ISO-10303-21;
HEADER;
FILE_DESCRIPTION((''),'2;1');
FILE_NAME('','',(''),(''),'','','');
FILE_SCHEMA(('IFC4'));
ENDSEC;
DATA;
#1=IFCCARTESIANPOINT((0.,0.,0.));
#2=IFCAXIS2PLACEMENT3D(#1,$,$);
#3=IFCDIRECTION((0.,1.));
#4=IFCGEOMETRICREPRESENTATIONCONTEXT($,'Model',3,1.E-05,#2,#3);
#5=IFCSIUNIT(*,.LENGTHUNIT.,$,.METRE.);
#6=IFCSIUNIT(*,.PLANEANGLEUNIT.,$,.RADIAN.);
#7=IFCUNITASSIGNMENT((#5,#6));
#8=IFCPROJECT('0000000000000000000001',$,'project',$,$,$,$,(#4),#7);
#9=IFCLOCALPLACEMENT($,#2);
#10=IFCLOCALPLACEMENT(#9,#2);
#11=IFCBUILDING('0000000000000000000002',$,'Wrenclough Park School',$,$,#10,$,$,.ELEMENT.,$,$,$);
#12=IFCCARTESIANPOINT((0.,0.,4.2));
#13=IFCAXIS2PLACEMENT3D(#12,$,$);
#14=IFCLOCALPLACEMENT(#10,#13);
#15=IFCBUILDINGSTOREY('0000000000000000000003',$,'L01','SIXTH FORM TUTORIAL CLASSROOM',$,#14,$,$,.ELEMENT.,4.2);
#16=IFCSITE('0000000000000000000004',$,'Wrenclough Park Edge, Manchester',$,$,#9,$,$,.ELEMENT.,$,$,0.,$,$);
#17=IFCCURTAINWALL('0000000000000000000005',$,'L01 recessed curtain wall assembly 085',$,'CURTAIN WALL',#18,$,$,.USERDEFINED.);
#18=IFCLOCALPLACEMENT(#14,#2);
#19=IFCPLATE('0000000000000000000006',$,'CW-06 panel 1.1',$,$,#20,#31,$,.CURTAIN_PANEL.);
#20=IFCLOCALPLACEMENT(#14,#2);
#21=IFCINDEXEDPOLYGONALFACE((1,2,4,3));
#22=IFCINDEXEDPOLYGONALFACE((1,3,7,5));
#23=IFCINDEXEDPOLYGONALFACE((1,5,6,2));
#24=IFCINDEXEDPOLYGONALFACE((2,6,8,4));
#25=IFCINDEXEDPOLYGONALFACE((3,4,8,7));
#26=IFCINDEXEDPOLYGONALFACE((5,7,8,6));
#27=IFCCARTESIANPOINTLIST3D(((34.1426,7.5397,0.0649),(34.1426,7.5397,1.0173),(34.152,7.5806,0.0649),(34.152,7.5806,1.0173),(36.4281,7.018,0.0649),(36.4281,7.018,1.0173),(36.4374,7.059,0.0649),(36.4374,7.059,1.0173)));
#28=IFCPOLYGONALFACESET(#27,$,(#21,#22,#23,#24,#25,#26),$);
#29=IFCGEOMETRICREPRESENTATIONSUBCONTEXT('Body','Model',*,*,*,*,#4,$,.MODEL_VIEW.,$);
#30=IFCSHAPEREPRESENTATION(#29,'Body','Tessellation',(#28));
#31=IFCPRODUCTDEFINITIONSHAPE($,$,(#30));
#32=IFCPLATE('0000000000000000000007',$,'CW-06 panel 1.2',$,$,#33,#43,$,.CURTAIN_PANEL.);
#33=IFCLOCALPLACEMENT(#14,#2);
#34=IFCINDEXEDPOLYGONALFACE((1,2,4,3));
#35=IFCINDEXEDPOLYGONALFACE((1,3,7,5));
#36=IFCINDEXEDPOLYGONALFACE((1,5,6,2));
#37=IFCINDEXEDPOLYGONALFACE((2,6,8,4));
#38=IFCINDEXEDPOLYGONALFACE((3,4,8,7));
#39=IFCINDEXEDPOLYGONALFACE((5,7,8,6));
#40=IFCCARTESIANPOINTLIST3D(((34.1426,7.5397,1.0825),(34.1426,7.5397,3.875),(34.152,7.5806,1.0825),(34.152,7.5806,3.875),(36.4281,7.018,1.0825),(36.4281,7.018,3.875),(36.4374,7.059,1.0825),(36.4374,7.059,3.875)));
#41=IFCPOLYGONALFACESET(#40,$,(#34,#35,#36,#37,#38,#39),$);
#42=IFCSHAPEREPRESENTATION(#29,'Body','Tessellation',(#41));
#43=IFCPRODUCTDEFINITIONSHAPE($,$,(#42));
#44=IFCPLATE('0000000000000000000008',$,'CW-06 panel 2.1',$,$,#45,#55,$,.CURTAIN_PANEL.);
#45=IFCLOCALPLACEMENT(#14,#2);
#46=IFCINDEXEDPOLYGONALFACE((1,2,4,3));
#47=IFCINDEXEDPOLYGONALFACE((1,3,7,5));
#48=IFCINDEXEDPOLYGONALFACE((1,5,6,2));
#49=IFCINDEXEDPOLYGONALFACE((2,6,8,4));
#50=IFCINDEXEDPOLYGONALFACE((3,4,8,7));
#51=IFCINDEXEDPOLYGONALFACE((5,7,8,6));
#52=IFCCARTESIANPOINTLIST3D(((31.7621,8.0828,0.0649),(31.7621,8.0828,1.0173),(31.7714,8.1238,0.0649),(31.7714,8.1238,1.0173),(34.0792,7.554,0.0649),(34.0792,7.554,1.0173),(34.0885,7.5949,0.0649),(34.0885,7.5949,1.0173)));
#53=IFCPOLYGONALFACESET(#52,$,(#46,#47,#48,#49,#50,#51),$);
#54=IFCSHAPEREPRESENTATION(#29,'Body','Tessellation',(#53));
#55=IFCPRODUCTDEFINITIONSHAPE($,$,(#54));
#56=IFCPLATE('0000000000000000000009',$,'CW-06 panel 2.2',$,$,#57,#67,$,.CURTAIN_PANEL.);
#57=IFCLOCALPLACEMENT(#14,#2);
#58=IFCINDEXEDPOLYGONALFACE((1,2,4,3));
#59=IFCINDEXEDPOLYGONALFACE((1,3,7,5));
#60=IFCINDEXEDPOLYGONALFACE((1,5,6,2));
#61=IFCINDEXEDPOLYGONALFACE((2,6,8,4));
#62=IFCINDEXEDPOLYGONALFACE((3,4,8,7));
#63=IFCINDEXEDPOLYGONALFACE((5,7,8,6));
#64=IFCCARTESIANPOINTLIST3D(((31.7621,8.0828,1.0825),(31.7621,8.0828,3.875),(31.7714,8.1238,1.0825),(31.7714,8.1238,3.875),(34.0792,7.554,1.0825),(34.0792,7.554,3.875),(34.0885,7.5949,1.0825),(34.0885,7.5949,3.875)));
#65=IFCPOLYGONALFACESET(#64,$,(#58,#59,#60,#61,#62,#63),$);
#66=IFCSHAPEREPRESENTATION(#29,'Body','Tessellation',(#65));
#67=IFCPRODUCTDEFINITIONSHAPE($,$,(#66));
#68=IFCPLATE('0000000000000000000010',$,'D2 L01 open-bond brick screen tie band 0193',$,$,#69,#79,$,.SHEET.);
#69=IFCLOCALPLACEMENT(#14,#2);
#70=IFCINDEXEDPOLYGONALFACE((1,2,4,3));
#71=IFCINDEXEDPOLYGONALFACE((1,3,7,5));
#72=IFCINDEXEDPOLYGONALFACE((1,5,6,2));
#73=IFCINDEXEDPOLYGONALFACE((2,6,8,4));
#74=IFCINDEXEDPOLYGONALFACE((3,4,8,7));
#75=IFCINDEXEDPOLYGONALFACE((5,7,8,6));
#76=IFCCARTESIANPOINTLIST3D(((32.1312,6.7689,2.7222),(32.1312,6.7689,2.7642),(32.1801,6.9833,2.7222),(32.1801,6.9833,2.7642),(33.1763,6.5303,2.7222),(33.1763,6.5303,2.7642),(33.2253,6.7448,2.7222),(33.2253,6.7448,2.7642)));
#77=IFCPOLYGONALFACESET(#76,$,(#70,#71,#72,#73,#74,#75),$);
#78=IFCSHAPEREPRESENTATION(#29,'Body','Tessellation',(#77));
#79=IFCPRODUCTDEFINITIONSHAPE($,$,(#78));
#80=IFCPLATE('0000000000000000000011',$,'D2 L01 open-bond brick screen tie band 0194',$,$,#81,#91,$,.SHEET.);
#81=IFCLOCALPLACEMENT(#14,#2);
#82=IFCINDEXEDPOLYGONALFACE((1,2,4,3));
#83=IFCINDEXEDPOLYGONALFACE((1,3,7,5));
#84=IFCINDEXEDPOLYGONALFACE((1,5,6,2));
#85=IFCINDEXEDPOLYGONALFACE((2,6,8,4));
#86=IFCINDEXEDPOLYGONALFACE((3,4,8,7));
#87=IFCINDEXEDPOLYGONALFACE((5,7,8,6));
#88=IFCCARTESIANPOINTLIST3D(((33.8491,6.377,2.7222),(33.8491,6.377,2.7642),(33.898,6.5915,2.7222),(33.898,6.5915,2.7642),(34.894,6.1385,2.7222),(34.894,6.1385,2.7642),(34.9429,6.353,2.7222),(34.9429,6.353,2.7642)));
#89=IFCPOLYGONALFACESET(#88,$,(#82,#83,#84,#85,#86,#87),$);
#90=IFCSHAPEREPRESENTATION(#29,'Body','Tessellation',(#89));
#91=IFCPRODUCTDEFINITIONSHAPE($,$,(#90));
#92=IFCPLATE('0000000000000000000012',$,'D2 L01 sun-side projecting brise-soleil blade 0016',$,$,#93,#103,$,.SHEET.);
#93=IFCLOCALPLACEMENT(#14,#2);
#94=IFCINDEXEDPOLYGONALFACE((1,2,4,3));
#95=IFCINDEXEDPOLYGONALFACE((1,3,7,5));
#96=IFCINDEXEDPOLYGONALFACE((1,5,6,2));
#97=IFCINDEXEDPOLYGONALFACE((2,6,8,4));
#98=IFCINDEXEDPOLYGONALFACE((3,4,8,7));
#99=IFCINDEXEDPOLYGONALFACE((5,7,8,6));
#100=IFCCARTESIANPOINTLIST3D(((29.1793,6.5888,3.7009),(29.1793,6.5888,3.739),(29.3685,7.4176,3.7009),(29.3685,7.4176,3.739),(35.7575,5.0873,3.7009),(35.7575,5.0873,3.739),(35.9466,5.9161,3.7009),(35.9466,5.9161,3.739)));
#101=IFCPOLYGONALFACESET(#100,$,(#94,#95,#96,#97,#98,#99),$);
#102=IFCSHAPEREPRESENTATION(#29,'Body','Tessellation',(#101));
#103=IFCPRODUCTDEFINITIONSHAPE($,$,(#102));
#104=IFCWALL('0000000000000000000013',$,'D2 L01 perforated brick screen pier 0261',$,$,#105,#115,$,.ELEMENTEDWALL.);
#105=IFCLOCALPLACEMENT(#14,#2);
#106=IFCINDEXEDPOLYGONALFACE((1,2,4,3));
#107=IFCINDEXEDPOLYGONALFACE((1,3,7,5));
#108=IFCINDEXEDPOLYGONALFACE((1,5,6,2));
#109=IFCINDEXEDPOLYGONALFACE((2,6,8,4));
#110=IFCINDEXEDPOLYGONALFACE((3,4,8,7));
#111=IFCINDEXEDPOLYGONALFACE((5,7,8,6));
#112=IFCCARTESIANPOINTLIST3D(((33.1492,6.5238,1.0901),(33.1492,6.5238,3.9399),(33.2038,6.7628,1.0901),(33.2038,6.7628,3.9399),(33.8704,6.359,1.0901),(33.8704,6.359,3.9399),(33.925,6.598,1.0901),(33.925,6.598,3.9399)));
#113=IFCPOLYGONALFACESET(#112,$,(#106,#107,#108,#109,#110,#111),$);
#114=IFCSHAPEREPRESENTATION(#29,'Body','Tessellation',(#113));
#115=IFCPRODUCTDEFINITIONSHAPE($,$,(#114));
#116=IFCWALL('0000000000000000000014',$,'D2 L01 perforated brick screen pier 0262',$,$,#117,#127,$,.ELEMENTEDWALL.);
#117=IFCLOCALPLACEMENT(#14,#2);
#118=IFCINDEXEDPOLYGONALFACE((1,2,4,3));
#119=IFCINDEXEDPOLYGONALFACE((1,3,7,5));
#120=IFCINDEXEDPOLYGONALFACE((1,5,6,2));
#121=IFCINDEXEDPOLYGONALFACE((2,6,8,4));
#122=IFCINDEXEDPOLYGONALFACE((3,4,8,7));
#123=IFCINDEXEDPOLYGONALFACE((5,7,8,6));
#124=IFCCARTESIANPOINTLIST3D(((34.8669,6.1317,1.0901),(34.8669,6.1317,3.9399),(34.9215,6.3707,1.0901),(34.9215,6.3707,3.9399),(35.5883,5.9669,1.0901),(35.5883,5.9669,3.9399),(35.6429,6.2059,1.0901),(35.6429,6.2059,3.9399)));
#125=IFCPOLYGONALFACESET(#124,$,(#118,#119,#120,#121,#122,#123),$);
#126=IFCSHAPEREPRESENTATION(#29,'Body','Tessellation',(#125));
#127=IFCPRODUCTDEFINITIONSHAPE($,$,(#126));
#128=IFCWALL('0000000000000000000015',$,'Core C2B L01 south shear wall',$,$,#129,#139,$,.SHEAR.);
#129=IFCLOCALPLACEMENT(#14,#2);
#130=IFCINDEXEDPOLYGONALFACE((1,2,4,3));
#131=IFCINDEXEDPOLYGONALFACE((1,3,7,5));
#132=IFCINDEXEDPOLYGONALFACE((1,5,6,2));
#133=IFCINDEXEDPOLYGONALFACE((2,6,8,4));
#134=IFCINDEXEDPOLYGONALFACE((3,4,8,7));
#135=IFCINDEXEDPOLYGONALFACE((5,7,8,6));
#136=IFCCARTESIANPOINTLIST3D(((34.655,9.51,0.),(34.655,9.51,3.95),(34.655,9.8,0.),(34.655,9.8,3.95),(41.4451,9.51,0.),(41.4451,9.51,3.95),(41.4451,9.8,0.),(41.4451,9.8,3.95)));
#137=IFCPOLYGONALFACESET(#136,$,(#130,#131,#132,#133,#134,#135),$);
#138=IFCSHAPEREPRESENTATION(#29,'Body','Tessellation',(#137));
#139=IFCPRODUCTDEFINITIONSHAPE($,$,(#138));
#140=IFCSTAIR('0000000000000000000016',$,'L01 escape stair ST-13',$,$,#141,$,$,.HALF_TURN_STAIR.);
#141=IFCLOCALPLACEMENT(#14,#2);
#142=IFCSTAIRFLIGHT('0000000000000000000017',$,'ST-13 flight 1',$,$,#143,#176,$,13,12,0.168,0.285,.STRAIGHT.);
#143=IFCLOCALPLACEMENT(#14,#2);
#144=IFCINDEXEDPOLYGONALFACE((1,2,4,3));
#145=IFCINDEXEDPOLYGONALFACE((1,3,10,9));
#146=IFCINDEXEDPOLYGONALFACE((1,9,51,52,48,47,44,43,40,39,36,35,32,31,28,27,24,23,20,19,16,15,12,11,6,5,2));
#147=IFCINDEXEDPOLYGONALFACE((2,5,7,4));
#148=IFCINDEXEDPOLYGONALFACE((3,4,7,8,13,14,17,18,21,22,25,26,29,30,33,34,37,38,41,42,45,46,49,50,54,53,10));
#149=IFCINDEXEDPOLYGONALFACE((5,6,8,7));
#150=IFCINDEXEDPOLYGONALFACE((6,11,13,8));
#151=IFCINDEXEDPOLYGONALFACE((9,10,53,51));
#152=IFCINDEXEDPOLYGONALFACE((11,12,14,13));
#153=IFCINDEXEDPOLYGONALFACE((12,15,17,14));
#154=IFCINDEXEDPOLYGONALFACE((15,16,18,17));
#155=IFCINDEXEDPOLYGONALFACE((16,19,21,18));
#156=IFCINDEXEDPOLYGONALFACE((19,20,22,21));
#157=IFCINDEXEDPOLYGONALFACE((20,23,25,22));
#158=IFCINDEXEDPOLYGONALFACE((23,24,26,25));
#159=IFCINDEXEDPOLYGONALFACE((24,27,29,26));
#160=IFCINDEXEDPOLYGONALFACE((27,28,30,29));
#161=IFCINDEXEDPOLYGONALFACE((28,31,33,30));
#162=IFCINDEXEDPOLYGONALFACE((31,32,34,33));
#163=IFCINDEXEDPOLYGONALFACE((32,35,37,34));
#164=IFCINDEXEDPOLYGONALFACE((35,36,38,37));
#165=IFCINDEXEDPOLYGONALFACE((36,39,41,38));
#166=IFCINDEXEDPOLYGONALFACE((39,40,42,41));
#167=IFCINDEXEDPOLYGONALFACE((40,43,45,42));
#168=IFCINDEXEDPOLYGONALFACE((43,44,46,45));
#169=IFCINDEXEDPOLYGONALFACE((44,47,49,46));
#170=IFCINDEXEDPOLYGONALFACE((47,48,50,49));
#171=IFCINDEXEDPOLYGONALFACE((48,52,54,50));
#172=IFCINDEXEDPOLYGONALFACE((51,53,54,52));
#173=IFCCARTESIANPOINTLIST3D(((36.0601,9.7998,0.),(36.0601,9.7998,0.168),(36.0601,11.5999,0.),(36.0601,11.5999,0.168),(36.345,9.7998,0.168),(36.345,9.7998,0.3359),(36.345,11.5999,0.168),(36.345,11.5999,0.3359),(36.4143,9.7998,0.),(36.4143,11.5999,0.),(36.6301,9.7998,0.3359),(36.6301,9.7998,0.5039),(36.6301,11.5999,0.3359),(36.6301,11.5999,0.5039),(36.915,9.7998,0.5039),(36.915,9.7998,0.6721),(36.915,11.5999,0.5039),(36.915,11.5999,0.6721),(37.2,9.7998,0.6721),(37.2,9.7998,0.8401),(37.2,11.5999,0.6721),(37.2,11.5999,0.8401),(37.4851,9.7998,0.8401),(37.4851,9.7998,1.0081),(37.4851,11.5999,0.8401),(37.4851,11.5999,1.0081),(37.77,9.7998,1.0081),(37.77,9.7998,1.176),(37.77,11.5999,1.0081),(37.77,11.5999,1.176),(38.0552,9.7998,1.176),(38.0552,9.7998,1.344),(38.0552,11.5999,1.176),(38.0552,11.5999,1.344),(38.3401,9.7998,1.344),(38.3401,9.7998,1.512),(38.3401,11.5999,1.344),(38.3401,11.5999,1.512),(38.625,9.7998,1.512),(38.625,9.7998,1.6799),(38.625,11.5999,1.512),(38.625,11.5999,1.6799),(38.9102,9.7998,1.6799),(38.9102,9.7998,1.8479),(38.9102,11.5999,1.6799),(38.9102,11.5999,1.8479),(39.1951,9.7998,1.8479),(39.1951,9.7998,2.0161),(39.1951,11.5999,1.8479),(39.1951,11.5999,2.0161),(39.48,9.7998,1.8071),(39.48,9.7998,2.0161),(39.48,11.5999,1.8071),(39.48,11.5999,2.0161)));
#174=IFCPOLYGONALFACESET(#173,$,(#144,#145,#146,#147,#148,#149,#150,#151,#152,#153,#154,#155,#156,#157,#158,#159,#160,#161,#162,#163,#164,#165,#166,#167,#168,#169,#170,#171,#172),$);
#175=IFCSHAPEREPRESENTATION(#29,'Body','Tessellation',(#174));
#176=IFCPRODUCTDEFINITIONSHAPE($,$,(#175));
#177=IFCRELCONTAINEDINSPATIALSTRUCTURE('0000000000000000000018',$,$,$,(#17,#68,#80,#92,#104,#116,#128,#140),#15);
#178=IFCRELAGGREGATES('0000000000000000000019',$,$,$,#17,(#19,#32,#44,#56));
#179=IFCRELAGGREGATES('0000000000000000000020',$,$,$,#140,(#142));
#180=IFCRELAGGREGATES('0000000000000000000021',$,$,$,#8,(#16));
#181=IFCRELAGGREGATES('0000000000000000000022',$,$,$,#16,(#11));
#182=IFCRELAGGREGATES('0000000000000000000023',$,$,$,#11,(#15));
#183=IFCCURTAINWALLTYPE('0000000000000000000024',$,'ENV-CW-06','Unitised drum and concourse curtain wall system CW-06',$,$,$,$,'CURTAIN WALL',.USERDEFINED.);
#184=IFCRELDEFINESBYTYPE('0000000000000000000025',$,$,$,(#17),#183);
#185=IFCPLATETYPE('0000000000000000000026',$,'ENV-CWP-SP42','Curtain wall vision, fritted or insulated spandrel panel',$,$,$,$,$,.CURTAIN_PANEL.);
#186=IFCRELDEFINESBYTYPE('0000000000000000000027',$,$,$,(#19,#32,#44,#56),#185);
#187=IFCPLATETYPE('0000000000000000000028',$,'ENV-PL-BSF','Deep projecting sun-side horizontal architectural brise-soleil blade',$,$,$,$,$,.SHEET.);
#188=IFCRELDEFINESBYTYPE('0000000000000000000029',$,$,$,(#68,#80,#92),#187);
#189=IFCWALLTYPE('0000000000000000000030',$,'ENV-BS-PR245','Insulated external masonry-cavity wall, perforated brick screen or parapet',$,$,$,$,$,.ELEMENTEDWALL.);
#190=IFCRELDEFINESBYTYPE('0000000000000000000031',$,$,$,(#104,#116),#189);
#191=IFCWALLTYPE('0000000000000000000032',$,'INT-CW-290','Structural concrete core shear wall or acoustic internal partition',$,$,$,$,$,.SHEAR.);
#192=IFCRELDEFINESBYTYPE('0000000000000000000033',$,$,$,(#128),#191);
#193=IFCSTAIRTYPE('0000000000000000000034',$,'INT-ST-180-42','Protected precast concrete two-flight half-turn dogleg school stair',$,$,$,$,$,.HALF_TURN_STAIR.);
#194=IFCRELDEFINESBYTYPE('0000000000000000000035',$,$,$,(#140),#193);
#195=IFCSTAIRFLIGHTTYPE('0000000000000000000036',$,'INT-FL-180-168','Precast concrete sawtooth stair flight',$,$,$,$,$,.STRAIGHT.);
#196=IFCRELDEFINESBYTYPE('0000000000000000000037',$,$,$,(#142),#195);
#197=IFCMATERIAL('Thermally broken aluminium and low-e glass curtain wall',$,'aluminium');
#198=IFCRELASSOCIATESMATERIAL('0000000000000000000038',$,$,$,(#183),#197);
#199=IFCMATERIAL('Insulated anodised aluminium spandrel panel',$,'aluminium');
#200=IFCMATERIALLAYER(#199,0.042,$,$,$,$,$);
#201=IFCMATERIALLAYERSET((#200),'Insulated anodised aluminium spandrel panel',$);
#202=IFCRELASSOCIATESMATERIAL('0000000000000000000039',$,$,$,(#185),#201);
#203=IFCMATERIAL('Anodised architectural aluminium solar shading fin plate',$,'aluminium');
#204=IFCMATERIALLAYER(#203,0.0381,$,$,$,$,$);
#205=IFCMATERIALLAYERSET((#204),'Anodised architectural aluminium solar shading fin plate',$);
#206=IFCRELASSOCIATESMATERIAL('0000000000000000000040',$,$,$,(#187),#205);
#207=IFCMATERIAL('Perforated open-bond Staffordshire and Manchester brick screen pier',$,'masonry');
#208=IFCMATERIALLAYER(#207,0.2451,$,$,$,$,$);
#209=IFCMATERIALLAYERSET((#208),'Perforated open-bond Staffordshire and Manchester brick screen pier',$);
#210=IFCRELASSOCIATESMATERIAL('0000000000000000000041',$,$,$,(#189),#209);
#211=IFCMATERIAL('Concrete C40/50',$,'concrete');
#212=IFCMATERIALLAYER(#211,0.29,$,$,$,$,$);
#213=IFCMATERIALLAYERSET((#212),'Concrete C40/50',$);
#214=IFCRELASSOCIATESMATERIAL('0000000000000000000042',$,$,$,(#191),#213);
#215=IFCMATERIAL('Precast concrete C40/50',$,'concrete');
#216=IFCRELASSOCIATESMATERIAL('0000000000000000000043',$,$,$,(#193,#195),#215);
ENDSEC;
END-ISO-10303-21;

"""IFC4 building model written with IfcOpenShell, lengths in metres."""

from ifc_helpers import new_model, si_unit, direction, frame, frame_2d, origin, origin_2d, place, context, subcontext, project, spatial, polyline, rectangle, outline, extrude, material, layer, layer_set, type_object, element, aggregate, save


model = new_model("IFC4")

# Units and contexts
model_context = context("Model", 3, precision=1e-05, world=origin(), true_north=direction((0.0, 1.0)))
body_context = subcontext(model_context, "Body", "Model", "MODEL_VIEW")
ifc_project = project(units=[si_unit("LENGTHUNIT", "METRE"), si_unit("PLANEANGLEUNIT", "RADIAN")], contexts=[model_context])

# Site, building, storey
site_placement = place(None, origin())
site = spatial("IfcSite", under=ifc_project, at=site_placement, Name="Wrenclough Park Edge, Manchester", CompositionType="ELEMENT", RefElevation=0.0)
building_placement = place(site_placement, origin())
building = spatial("IfcBuilding", under=site, at=building_placement, Name="Wrenclough Park School", CompositionType="ELEMENT")
storey_placement = place(building_placement, frame((0.0, 0.0, 4.2)))
storey = spatial("IfcBuildingStorey", under=building, at=storey_placement, Name="L01", Description="SIXTH FORM TUTORIAL CLASSROOM", CompositionType="ELEMENT", Elevation=4.2)

# Shared definitions
ifc_material_1 = material(Name="Concrete C40/50", Category="concrete")

# Curtain wall, plates
ifc_material_2 = material(Name="Thermally broken aluminium and low-e glass curtain wall", Category="aluminium")
curtain_wall_type = type_object("IfcCurtainWallType", Name="ENV-CW-06", Description="Unitised drum and concourse curtain wall system CW-06", ElementType="CURTAIN WALL", PredefinedType="USERDEFINED", material=ifc_material_2)
curtain_wall_placement = place(storey_placement, origin())
curtain_wall = element("IfcCurtainWall", 1, at=curtain_wall_placement, inside=storey, type_object=curtain_wall_type, Name="L01 recessed curtain wall assembly 085", ObjectType="CURTAIN WALL", PredefinedType="USERDEFINED")
ifc_material_3 = material(Name="Insulated anodised aluminium spandrel panel", Category="aluminium")
ifc_layer_1 = layer(ifc_material_3, 0.042)
ifc_layer_set_1 = layer_set([ifc_layer_1], Name="Insulated anodised aluminium spandrel panel")
plate_type_1 = type_object("IfcPlateType", Name="ENV-CWP-SP42", Description="Curtain wall vision, fritted or insulated spandrel panel", PredefinedType="CURTAIN_PANEL", material=ifc_layer_set_1)
plate_1_placement = place(storey_placement, frame((35.29, 7.2993, 0.0649), z_axis=(0.0, 0.0, 1.0), x_axis=(-0.97493, 0.222511, 0.0)))
plate_1 = element("IfcPlate", 2, at=plate_1_placement, type_object=plate_type_1, Name="CW-06 panel 1.1", PredefinedType="CURTAIN_PANEL", context=body_context, shape_type="SweptSolid", body=[
    extrude(rectangle(XDim=2.3442, YDim=0.042, at=origin_2d()), origin(), (0.0, 0.0, 1.0), 0.9524),
])
plate_2_placement = place(storey_placement, frame((35.29, 7.2993, 1.0825), z_axis=(0.0, 0.0, 1.0), x_axis=(-0.97493, 0.222511, 0.0)))
plate_2 = element("IfcPlate", 3, at=plate_2_placement, type_object=plate_type_1, Name="CW-06 panel 1.2", PredefinedType="CURTAIN_PANEL", context=body_context, shape_type="SweptSolid", body=[
    extrude(rectangle(XDim=2.3442, YDim=0.042, at=origin_2d()), origin(), (0.0, 0.0, 1.0), 2.7925),
])
plate_3_placement = place(storey_placement, frame((32.9253, 7.8389, 0.0649), z_axis=(0.0, 0.0, 1.0), x_axis=(-0.97493, 0.222511, 0.0)))
plate_3 = element("IfcPlate", 4, at=plate_3_placement, type_object=plate_type_1, Name="CW-06 panel 2.1", PredefinedType="CURTAIN_PANEL", context=body_context, shape_type="SweptSolid", body=[
    extrude(rectangle(XDim=2.3767, YDim=0.042, at=origin_2d()), origin(), (0.0, 0.0, 1.0), 0.9524),
])
plate_4_placement = place(storey_placement, frame((32.9253, 7.8389, 1.0825), z_axis=(0.0, 0.0, 1.0), x_axis=(-0.97493, 0.222511, 0.0)))
plate_4 = element("IfcPlate", 5, at=plate_4_placement, type_object=plate_type_1, Name="CW-06 panel 2.2", PredefinedType="CURTAIN_PANEL", context=body_context, shape_type="SweptSolid", body=[
    extrude(rectangle(XDim=2.3767, YDim=0.042, at=origin_2d()), origin(), (0.0, 0.0, 1.0), 2.7925),
])
aggregate(curtain_wall, [plate_1, plate_2, plate_3, plate_4])

# Plates
ifc_material_4 = material(Name="Anodised architectural aluminium solar shading fin plate", Category="aluminium")
ifc_layer_2 = layer(ifc_material_4, 0.0381)
ifc_layer_set_2 = layer_set([ifc_layer_2], Name="Anodised architectural aluminium solar shading fin plate")
plate_type_2 = type_object("IfcPlateType", Name="ENV-PL-BSF", Description="Deep projecting sun-side horizontal architectural brise-soleil blade", PredefinedType="SHEET", material=ifc_layer_set_2)
plate_5_placement = place(storey_placement, frame((32.6782, 6.7568, 2.7222), z_axis=(0.0, 0.0, 1.0), x_axis=(0.974925, -0.222535, 0.0)))
element("IfcPlate", 6, at=plate_5_placement, inside=storey, type_object=plate_type_2, Name="D2 L01 open-bond brick screen tie band 0193", PredefinedType="SHEET", context=body_context, shape_type="SweptSolid", body=[
    extrude(rectangle(XDim=1.072, YDim=0.22, at=origin_2d()), origin(), (0.0, 0.0, 1.0), 0.042),
])
plate_6_placement = place(storey_placement, frame((34.396, 6.365, 2.7222), z_axis=(0.0, 0.0, 1.0), x_axis=(0.974925, -0.222535, 0.0)))
element("IfcPlate", 7, at=plate_6_placement, inside=storey, type_object=plate_type_2, Name="D2 L01 open-bond brick screen tie band 0194", PredefinedType="SHEET", context=body_context, shape_type="SweptSolid", body=[
    extrude(rectangle(XDim=1.0718, YDim=0.22, at=origin_2d()), origin(), (0.0, 0.0, 1.0), 0.042),
])
plate_7_placement = place(storey_placement, frame((32.563, 6.2524, 3.7009), z_axis=(0.0, 0.0, 1.0), x_axis=(0.974925, -0.222535, 0.0)))
element("IfcPlate", 8, at=plate_7_placement, inside=storey, type_object=plate_type_2, Name="D2 L01 sun-side projecting brise-soleil blade 0016", PredefinedType="SHEET", context=body_context, shape_type="SweptSolid", body=[
    extrude(rectangle(XDim=6.7473, YDim=0.8501, at=origin_2d()), origin(), (0.0, 0.0, 1.0), 0.0381),
])

# Walls
ifc_material_5 = material(Name="Perforated open-bond Staffordshire and Manchester brick screen pier", Category="masonry")
ifc_layer_3 = layer(ifc_material_5, 0.2451)
ifc_layer_set_3 = layer_set([ifc_layer_3], Name="Perforated open-bond Staffordshire and Manchester brick screen pier")
wall_type_1 = type_object("IfcWallType", Name="ENV-BS-PR245", Description="Insulated external masonry-cavity wall, perforated brick screen or parapet", PredefinedType="ELEMENTEDWALL", material=ifc_layer_set_3)
wall_1_placement = place(storey_placement, frame((33.1765, 6.6433, 1.0901), z_axis=(0.0, 0.0, 1.0), x_axis=(0.974873, -0.222762, 0.0)))
element("IfcWall", 9, at=wall_1_placement, inside=storey, type_object=wall_type_1, Name="D2 L01 perforated brick screen pier 0261", PredefinedType="ELEMENTEDWALL", context=body_context, shape_type="SweptSolid", body=[
    extrude(rectangle(XDim=0.7397, YDim=0.2451, at=frame_2d((0.3699, 0.0))), origin(), (0.0, 0.0, 1.0), 2.8499),
])
wall_2_placement = place(storey_placement, frame((34.894, 6.2512, 1.0901), z_axis=(0.0, 0.0, 1.0), x_axis=(0.974889, -0.22269, 0.0)))
element("IfcWall", 10, at=wall_2_placement, inside=storey, type_object=wall_type_1, Name="D2 L01 perforated brick screen pier 0262", PredefinedType="ELEMENTEDWALL", context=body_context, shape_type="SweptSolid", body=[
    extrude(rectangle(XDim=0.74, YDim=0.2451, at=frame_2d((0.3701, 0.0))), origin(), (0.0, 0.0, 1.0), 2.8499),
])
ifc_layer_4 = layer(ifc_material_1, 0.29)
ifc_layer_set_4 = layer_set([ifc_layer_4], Name="Concrete C40/50")
wall_type_2 = type_object("IfcWallType", Name="INT-CW-290", Description="Structural concrete core shear wall or acoustic internal partition", PredefinedType="SHEAR", material=ifc_layer_set_4)
wall_3_placement = place(storey_placement, frame((34.655, 9.655, 0.0), z_axis=(0.0, 0.0, 1.0), x_axis=(1.0, 0.0, 0.0)))
element("IfcWall", 11, at=wall_3_placement, inside=storey, type_object=wall_type_2, Name="Core C2B L01 south shear wall", PredefinedType="SHEAR", context=body_context, shape_type="SweptSolid", body=[
    extrude(rectangle(XDim=6.79, YDim=0.29, at=frame_2d((3.395, 0.0))), origin(), (0.0, 0.0, 1.0), 3.95),
])

# Stair, stair flight
ifc_material_6 = material(Name="Precast concrete C40/50", Category="concrete")
stair_type = type_object("IfcStairType", Name="INT-ST-180-42", Description="Protected precast concrete two-flight half-turn dogleg school stair", PredefinedType="HALF_TURN_STAIR", material=ifc_material_6)
stair_placement = place(storey_placement, origin())
stair = element("IfcStair", 12, at=stair_placement, inside=storey, type_object=stair_type, Name="L01 escape stair ST-13", PredefinedType="HALF_TURN_STAIR")
stair_flight_type = type_object("IfcStairFlightType", Name="INT-FL-180-168", Description="Precast concrete sawtooth stair flight", PredefinedType="STRAIGHT", material=ifc_material_6)
stair_flight_placement = place(storey_placement, frame((36.0601, 10.7, 0.0), z_axis=(0.0, 0.0, 1.0), x_axis=(1.0, 0.0, 0.0)))
stair_flight = element("IfcStairFlight", 13, at=stair_flight_placement, type_object=stair_flight_type, Name="ST-13 flight 1", NumberOfRisers=13, NumberOfTreads=12, PredefinedType="STRAIGHT", RiserHeight=0.168, TreadLength=0.285, context=body_context, shape_type="SweptSolid", body=[
    extrude(outline(polyline([(0.0, 0.0), (0.0, 0.168), (0.2849, 0.168), (0.2849, 0.3359), (0.5701, 0.3359), (0.5701, 0.5039), (0.855, 0.5039), (0.855, 0.6721), (1.1399, 0.6721), (1.1399, 0.8401), (1.425, 0.8401), (1.425, 1.0081), (1.71, 1.0081), (1.71, 1.176), (1.9951, 1.176), (1.9951, 1.344), (2.28, 1.344), (2.28, 1.512), (2.5649, 1.512), (2.5649, 1.6799), (2.8501, 1.6799), (2.8501, 1.8479), (3.135, 1.8479), (3.135, 2.0161), (3.4199, 2.0161), (3.4199, 2.1841), (3.4199, 1.8071), (0.3542, 0.0), (0.0, 0.0)])), frame((0.0, 0.8999, 0.0), z_axis=(0.0, -1.0, 0.0), x_axis=(1.0, 0.0, 0.0)), (0.0, 0.0, 1.0), 1.8),
])
aggregate(stair, [stair_flight])

save(model, "model.ifc")
